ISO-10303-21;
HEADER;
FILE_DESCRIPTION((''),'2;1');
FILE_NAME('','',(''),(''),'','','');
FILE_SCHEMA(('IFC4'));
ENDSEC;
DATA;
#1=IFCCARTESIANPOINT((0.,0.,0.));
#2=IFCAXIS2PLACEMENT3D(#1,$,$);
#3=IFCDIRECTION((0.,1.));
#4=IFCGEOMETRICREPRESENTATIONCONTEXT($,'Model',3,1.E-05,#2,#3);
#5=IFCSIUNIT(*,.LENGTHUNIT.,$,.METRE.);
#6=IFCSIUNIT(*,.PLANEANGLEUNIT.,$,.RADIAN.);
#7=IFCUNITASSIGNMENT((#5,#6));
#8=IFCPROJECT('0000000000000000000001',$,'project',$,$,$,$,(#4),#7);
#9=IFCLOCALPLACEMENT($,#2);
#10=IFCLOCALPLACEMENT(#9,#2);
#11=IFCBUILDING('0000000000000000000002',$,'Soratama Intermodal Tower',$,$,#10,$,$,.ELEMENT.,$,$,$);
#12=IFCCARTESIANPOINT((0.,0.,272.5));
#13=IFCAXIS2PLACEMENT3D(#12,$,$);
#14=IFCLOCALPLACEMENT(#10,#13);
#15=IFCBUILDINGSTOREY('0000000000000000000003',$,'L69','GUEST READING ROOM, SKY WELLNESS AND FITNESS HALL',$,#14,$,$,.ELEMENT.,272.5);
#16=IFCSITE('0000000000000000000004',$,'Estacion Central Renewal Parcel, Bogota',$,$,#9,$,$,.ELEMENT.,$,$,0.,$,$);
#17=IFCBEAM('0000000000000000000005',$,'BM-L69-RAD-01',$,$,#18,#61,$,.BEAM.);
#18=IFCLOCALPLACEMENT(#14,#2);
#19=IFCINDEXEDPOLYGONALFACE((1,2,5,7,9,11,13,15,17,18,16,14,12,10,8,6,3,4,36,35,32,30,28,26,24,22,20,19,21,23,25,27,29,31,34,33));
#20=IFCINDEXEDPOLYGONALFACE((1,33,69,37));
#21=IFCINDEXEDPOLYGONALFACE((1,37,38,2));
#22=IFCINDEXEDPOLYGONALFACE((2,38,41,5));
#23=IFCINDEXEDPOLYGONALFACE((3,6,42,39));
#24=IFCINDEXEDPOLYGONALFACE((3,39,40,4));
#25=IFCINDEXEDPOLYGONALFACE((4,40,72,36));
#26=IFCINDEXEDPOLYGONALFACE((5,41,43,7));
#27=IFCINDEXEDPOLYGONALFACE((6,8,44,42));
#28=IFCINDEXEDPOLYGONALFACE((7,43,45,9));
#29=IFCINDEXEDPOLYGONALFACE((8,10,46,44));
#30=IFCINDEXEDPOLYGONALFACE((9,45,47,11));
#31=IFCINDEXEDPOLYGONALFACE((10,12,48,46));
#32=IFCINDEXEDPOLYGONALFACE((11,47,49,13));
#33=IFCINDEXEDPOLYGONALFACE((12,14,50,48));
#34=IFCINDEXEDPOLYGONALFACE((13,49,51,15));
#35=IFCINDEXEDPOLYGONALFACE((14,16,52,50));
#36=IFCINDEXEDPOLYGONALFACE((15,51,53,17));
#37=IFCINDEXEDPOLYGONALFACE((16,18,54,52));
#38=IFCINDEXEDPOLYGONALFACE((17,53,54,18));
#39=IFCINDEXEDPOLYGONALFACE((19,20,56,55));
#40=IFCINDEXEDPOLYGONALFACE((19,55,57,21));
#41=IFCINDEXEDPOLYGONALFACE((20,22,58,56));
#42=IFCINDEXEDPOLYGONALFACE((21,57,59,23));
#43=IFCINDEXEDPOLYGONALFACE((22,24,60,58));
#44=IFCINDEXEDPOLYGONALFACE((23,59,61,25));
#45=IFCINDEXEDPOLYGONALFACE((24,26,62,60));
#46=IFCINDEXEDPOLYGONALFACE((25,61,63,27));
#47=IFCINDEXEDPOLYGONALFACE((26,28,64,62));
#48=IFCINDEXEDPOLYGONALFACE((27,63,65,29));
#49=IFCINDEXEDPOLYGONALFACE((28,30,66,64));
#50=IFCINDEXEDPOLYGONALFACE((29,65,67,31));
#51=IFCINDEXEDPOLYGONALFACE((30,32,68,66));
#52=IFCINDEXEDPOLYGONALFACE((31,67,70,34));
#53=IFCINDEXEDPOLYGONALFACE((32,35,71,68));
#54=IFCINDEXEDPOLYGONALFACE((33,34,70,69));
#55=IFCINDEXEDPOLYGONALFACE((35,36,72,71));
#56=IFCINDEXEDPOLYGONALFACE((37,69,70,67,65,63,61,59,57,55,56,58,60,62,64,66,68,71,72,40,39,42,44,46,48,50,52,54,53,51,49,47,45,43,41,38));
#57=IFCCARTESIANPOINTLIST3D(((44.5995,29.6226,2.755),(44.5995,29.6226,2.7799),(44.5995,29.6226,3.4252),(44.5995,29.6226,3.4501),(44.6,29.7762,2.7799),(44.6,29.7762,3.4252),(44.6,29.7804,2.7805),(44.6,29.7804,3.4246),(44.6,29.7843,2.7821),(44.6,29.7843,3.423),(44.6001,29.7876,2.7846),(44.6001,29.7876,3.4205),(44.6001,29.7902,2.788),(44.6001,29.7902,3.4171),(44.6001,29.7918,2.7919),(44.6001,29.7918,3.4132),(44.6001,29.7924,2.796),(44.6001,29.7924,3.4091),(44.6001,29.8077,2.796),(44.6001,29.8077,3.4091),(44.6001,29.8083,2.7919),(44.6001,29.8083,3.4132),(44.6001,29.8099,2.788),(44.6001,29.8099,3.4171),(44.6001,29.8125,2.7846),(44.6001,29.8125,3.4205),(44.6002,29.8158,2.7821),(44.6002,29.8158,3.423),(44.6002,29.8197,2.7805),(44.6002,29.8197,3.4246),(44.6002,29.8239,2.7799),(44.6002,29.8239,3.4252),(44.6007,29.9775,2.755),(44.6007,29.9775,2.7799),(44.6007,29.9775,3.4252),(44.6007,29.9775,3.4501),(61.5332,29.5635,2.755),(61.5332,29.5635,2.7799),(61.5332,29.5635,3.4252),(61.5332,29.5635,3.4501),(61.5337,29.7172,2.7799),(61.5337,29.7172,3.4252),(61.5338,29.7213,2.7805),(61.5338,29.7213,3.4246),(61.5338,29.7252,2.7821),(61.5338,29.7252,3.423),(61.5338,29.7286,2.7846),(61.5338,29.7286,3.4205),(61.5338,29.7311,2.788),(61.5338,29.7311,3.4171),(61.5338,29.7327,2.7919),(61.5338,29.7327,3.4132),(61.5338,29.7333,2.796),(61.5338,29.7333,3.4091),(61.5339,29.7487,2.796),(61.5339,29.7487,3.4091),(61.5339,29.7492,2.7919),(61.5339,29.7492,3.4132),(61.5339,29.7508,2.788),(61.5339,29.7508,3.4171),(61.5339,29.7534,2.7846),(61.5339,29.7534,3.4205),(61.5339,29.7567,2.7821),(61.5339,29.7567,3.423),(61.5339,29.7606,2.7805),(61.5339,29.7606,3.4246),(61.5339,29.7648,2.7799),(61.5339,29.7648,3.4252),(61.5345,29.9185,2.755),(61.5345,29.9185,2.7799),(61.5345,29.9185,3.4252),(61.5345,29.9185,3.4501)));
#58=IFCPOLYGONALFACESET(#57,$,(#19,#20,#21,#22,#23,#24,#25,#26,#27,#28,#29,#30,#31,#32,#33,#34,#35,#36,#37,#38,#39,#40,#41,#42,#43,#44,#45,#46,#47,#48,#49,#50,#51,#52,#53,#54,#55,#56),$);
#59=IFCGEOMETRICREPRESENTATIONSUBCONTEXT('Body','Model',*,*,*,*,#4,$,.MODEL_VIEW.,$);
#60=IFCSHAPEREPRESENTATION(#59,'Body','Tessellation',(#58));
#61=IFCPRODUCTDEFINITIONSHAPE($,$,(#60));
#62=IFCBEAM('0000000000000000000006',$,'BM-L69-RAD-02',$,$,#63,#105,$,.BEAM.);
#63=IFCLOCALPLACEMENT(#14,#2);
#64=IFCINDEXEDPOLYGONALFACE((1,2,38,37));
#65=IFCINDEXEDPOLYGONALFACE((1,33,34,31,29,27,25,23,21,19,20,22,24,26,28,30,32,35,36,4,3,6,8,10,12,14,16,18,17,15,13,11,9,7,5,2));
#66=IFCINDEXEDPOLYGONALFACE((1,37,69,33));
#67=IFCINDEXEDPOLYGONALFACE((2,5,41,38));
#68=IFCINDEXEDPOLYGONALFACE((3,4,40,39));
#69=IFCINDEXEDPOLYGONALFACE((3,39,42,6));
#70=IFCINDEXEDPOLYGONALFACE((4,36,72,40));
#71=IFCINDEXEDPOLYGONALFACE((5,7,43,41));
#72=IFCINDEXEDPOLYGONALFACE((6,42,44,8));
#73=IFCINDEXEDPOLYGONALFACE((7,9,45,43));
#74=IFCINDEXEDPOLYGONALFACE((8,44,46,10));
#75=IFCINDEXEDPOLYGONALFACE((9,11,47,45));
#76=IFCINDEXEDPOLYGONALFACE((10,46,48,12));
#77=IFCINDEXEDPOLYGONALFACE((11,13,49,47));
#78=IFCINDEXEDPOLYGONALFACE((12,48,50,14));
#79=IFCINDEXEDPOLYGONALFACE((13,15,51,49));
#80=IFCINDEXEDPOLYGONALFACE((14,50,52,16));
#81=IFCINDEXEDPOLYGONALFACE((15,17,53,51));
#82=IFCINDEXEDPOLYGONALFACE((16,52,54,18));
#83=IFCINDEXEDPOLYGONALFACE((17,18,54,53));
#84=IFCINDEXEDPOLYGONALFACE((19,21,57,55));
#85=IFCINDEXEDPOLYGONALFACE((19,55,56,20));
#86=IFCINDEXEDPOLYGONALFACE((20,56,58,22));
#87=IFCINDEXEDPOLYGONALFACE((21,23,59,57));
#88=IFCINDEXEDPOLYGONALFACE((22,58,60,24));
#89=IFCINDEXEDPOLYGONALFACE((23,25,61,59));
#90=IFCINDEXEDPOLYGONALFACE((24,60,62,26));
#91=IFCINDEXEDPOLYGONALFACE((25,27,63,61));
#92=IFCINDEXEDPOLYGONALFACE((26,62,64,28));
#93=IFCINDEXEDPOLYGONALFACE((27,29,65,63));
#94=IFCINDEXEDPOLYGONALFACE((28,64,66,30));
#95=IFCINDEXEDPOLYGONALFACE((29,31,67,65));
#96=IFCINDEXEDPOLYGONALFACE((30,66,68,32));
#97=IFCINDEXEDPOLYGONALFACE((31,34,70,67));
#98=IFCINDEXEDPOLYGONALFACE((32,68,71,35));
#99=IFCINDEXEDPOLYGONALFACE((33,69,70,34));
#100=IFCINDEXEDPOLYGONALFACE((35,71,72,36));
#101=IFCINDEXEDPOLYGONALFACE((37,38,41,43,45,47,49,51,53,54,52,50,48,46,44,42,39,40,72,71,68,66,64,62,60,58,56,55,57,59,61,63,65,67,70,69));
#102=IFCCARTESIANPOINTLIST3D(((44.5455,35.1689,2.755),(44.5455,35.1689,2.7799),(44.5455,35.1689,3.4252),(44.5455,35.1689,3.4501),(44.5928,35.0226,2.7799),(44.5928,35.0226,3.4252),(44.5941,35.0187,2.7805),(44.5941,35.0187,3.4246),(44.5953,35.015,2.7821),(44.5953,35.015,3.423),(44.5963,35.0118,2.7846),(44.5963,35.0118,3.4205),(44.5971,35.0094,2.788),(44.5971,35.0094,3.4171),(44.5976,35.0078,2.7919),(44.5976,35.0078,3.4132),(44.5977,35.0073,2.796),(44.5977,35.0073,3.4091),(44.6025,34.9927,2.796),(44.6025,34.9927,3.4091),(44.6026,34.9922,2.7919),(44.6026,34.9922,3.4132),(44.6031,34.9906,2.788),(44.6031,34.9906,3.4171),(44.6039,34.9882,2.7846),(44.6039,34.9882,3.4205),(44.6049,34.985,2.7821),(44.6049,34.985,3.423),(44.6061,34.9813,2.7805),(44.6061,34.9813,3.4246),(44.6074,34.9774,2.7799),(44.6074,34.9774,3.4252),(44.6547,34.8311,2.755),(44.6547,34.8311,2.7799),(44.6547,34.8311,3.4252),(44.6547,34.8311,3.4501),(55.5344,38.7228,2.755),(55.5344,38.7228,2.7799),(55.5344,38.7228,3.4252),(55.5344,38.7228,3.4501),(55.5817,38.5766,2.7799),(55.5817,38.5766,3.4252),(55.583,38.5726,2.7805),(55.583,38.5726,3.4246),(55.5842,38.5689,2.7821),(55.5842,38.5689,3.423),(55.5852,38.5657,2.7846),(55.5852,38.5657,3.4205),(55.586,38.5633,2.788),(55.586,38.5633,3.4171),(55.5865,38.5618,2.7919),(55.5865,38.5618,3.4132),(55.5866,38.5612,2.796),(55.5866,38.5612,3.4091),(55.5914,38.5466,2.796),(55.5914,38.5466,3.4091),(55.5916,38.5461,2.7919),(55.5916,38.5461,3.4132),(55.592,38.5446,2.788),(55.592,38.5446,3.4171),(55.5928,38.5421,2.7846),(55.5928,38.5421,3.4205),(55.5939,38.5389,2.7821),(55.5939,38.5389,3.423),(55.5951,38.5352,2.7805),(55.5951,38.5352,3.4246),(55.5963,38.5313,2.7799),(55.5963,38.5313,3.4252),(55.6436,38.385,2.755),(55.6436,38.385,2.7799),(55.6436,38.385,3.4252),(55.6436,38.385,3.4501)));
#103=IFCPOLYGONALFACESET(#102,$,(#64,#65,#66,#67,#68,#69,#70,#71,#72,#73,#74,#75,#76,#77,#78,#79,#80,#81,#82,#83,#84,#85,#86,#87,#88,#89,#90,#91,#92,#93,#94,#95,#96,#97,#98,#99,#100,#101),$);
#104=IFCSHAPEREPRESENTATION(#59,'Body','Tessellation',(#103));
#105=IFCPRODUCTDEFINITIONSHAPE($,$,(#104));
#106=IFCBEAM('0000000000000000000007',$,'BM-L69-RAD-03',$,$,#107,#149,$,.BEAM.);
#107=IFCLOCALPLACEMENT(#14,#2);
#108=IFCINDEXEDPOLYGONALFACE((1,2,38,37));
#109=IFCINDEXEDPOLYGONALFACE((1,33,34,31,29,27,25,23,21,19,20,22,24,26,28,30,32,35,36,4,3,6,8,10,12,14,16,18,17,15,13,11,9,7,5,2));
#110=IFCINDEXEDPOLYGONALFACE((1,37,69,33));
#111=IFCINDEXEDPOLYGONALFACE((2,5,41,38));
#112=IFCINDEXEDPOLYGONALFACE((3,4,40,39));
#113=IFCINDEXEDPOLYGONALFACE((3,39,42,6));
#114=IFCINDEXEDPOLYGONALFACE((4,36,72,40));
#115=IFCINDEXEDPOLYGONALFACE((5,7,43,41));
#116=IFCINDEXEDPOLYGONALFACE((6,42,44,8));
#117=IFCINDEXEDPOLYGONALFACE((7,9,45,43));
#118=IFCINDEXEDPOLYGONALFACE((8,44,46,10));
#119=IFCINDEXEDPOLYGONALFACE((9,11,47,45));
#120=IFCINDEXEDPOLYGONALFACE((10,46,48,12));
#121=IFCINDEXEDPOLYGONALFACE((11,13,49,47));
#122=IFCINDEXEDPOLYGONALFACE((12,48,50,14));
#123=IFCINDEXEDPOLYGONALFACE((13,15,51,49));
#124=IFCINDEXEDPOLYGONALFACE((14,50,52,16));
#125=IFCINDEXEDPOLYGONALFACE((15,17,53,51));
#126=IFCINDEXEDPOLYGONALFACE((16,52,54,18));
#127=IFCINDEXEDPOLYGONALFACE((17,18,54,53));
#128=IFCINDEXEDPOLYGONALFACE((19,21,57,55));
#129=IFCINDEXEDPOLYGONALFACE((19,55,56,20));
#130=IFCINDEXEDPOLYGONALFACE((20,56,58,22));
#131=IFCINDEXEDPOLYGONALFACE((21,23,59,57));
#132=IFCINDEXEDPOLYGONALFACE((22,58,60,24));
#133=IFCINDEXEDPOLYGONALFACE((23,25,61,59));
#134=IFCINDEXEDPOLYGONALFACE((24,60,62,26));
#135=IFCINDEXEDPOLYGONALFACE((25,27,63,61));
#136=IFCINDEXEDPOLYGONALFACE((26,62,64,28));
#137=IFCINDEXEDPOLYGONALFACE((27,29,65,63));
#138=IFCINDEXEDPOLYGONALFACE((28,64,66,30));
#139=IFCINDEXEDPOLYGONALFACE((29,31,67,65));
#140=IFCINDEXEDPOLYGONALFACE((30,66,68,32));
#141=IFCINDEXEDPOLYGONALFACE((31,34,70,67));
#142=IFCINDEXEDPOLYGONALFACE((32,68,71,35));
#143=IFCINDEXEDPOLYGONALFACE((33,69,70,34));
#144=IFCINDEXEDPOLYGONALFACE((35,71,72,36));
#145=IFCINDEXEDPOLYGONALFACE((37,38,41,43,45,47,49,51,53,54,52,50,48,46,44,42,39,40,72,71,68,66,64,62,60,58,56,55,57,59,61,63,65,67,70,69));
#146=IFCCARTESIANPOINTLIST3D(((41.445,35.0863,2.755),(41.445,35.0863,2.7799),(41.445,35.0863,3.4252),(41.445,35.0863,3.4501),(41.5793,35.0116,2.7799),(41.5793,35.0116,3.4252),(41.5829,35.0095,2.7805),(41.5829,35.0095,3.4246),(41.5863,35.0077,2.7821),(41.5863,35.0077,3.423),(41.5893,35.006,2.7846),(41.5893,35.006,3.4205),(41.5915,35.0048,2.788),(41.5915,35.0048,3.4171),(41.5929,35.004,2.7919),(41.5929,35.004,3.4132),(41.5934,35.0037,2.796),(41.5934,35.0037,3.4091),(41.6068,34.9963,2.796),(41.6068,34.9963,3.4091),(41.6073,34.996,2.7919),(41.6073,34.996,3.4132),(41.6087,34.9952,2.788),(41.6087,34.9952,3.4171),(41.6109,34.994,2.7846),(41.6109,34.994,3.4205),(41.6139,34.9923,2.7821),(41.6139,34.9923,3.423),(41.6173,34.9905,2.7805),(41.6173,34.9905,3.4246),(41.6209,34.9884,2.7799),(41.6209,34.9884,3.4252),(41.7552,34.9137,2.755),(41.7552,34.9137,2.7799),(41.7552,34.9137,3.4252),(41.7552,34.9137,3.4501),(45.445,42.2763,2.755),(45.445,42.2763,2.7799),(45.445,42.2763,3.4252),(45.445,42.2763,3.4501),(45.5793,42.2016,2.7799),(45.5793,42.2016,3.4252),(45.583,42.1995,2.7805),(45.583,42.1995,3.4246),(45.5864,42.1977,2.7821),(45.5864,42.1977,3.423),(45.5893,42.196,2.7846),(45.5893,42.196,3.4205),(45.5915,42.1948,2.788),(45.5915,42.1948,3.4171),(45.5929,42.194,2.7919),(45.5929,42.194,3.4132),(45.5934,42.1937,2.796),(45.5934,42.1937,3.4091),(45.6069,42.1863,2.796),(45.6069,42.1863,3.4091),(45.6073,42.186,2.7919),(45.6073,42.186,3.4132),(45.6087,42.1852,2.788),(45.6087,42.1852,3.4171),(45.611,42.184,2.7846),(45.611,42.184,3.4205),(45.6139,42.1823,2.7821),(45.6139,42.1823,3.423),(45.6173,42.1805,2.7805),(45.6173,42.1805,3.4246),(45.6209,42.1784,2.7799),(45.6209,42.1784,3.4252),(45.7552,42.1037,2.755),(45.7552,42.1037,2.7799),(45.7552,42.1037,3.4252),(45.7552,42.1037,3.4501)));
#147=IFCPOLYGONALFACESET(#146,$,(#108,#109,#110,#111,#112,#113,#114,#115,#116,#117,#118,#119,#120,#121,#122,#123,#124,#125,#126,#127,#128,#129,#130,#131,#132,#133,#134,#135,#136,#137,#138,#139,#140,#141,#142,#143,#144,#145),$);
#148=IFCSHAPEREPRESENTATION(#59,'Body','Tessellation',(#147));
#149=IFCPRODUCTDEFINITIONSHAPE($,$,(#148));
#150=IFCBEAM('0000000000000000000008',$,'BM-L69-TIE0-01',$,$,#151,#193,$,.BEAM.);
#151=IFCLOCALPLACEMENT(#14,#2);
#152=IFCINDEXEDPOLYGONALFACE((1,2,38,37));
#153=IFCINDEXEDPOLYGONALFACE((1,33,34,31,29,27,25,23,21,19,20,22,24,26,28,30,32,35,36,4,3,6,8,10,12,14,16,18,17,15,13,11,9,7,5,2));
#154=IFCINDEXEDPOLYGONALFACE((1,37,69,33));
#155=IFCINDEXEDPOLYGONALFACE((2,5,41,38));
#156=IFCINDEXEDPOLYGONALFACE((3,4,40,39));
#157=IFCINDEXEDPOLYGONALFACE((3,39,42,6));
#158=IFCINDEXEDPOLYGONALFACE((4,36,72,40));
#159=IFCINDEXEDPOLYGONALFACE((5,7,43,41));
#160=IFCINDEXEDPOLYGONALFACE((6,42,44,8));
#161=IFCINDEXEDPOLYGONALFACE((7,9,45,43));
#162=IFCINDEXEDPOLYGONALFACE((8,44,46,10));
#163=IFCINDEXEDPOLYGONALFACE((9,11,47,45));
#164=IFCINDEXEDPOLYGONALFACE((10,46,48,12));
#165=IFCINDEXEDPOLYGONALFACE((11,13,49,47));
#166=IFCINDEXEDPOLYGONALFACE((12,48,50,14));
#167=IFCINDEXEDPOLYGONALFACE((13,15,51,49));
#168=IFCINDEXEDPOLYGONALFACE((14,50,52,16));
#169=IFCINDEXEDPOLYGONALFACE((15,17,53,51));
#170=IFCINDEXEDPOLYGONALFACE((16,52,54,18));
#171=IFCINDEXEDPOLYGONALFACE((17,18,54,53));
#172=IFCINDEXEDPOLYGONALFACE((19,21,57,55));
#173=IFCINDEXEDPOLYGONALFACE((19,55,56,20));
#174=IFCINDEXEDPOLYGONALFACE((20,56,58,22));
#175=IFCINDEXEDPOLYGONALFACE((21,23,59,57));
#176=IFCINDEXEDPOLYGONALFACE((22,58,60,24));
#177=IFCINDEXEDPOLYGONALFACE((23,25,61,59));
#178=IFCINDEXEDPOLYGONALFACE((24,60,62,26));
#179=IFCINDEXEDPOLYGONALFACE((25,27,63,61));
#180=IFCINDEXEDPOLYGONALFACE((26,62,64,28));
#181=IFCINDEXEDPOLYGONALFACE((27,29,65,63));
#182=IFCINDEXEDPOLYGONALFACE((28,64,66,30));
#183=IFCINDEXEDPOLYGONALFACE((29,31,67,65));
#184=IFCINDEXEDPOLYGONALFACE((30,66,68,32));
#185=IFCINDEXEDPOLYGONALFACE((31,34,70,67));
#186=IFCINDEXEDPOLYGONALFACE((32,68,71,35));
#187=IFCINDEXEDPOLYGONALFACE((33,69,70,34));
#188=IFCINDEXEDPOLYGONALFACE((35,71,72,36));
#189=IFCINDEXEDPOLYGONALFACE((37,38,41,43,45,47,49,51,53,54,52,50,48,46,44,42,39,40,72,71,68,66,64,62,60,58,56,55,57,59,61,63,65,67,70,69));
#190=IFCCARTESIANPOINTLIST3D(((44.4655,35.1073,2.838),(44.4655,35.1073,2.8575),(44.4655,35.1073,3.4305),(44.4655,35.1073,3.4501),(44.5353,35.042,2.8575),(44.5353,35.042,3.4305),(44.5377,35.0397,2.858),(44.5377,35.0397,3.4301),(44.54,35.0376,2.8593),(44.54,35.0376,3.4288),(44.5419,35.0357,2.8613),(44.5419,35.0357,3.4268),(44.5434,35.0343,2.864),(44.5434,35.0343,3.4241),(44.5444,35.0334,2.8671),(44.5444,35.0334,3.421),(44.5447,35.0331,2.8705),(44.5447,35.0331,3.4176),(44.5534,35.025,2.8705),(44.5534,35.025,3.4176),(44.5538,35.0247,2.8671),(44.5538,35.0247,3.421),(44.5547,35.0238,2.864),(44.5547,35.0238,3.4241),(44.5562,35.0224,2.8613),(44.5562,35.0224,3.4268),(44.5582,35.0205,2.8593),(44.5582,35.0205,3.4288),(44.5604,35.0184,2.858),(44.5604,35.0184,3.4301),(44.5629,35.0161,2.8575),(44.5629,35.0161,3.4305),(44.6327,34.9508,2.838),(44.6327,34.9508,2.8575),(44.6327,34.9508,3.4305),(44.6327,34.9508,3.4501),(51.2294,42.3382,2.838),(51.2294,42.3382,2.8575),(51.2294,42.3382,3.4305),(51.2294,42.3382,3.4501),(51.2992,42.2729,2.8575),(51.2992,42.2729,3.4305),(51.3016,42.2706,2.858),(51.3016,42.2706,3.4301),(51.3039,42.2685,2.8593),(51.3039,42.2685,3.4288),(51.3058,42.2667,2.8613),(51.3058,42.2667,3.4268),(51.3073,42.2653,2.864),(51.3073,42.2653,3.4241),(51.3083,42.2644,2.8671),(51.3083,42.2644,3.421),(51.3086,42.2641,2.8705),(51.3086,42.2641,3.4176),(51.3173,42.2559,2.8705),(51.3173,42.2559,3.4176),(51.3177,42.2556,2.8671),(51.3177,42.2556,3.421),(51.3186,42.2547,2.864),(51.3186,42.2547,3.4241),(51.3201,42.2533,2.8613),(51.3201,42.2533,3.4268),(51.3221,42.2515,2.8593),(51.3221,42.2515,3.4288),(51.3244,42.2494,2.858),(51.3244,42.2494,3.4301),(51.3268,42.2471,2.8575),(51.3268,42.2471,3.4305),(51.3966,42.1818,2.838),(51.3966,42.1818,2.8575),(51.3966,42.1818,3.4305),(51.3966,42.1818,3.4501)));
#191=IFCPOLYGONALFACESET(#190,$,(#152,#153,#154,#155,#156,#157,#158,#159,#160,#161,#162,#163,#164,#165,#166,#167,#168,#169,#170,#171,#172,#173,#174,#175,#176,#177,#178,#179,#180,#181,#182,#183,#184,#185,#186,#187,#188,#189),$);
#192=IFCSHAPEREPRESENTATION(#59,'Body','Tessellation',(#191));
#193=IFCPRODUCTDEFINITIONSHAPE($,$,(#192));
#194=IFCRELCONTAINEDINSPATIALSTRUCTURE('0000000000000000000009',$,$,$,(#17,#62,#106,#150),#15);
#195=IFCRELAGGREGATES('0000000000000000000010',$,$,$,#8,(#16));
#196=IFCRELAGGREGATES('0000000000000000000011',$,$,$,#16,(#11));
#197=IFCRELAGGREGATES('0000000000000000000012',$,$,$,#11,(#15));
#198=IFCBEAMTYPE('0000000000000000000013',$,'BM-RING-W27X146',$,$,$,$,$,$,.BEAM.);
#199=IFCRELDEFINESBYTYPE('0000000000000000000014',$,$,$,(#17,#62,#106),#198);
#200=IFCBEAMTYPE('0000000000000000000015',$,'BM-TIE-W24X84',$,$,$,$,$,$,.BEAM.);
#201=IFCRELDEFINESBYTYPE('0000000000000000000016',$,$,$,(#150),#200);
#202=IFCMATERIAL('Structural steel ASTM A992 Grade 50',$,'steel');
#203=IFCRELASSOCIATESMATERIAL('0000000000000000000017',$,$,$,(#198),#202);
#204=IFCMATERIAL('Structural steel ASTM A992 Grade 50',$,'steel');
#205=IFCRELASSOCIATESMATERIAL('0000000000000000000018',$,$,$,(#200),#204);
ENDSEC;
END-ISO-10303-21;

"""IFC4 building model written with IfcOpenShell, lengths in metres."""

from ifc_helpers import new_model, si_unit, direction, frame, origin, origin_2d, place, context, subcontext, project, spatial, i_section, extrude, material, material_profile, profile_set, type_object, element, save


model = new_model("IFC4")

# Units and contexts
model_context = context("Model", 3, precision=1e-05, world=origin(), true_north=direction((0.0, 1.0)))
body_context = subcontext(model_context, "Body", "Model", "MODEL_VIEW")
ifc_project = project(units=[si_unit("LENGTHUNIT", "METRE"), si_unit("PLANEANGLEUNIT", "RADIAN")], contexts=[model_context])

# Site, building, storey
site_placement = place(None, origin())
site = spatial("IfcSite", under=ifc_project, at=site_placement, Name="Estacion Central Renewal Parcel, Bogota", CompositionType="ELEMENT", RefElevation=0.0)
building_placement = place(site_placement, origin())
building = spatial("IfcBuilding", under=site, at=building_placement, Name="Soratama Intermodal Tower", CompositionType="ELEMENT")
storey_placement = place(building_placement, frame((0.0, 0.0, 272.5)))
storey = spatial("IfcBuildingStorey", under=building, at=storey_placement, Name="L69", Description="GUEST READING ROOM, SKY WELLNESS AND FITNESS HALL", CompositionType="ELEMENT", Elevation=272.5)

# Beams
ifc_material_1 = material(Name="Structural steel ASTM A992 Grade 50", Category="steel")
ifc_material_profile_1 = material_profile(ifc_material_1, i_section(OverallWidth=0.355, OverallDepth=0.6951, WebThickness=0.0154, FlangeThickness=0.0249, FilletRadius=0.0161, at=origin_2d()), Name="W27X146")
ifc_profile_set_1 = profile_set([ifc_material_profile_1], Name="Structural steel ASTM A992 Grade 50")
beam_type_1 = type_object("IfcBeamType", Name="BM-RING-W27X146", PredefinedType="BEAM", material=ifc_profile_set_1)
beam_1_placement = place(storey_placement, frame((44.6001, 29.8, 3.1025), z_axis=(0.999994, -0.003489, 0.0), x_axis=(0.003489, 0.999994, 0.0)))
element("IfcBeam", 1, at=beam_1_placement, inside=storey, type_object=beam_type_1, Name="BM-L69-RAD-01", PredefinedType="BEAM", context=body_context, shape_type="SweptSolid", body=[
    extrude(i_section(OverallWidth=0.355, OverallDepth=0.6951, WebThickness=0.0154, FlangeThickness=0.0249, FilletRadius=0.0161, at=origin_2d()), origin(), (0.0, 0.0, 1.0), 16.9338),
])
beam_2_placement = place(storey_placement, frame((44.6001, 35.0, 3.1025), z_axis=(0.951478, 0.307717, 0.0), x_axis=(-0.307717, 0.951478, 0.0)))
element("IfcBeam", 2, at=beam_2_placement, inside=storey, type_object=beam_type_1, Name="BM-L69-RAD-02", PredefinedType="BEAM", context=body_context, shape_type="SweptSolid", body=[
    extrude(i_section(OverallWidth=0.355, OverallDepth=0.6951, WebThickness=0.0154, FlangeThickness=0.0249, FilletRadius=0.0161, at=origin_2d()), origin(), (0.0, 0.0, 1.0), 11.5493),
])
beam_3_placement = place(storey_placement, frame((41.6001, 35.0, 3.1025), z_axis=(0.486162, 0.873869, 0.0), x_axis=(-0.873869, 0.486162, 0.0)))
element("IfcBeam", 3, at=beam_3_placement, inside=storey, type_object=beam_type_1, Name="BM-L69-RAD-03", PredefinedType="BEAM", context=body_context, shape_type="SweptSolid", body=[
    extrude(i_section(OverallWidth=0.355, OverallDepth=0.6951, WebThickness=0.0154, FlangeThickness=0.0249, FilletRadius=0.0161, at=origin_2d()), origin(), (0.0, 0.0, 1.0), 8.2278),
])
ifc_material_2 = material(Name="Structural steel ASTM A992 Grade 50", Category="steel")
ifc_material_profile_2 = material_profile(ifc_material_2, i_section(OverallWidth=0.229, OverallDepth=0.6121, WebThickness=0.012, FlangeThickness=0.0195, FilletRadius=0.0129, at=origin_2d()), Name="W24X84")
ifc_profile_set_2 = profile_set([ifc_material_profile_2], Name="Structural steel ASTM A992 Grade 50")
beam_type_2 = type_object("IfcBeamType", Name="BM-TIE-W24X84", PredefinedType="BEAM", material=ifc_profile_set_2)
beam_4_placement = place(storey_placement, frame((44.5491, 35.0291, 3.144), z_axis=(0.683129, 0.730298, 0.0), x_axis=(-0.730298, 0.683129, 0.0)))
element("IfcBeam", 4, at=beam_4_placement, inside=storey, type_object=beam_type_2, Name="BM-L69-TIE0-01", PredefinedType="BEAM", context=body_context, shape_type="SweptSolid", body=[
    extrude(i_section(OverallWidth=0.229, OverallDepth=0.6121, WebThickness=0.012, FlangeThickness=0.0195, FilletRadius=0.0129, at=origin_2d()), origin(), (0.0, 0.0, 1.0), 9.9014),
])

save(model, "model.ifc")
